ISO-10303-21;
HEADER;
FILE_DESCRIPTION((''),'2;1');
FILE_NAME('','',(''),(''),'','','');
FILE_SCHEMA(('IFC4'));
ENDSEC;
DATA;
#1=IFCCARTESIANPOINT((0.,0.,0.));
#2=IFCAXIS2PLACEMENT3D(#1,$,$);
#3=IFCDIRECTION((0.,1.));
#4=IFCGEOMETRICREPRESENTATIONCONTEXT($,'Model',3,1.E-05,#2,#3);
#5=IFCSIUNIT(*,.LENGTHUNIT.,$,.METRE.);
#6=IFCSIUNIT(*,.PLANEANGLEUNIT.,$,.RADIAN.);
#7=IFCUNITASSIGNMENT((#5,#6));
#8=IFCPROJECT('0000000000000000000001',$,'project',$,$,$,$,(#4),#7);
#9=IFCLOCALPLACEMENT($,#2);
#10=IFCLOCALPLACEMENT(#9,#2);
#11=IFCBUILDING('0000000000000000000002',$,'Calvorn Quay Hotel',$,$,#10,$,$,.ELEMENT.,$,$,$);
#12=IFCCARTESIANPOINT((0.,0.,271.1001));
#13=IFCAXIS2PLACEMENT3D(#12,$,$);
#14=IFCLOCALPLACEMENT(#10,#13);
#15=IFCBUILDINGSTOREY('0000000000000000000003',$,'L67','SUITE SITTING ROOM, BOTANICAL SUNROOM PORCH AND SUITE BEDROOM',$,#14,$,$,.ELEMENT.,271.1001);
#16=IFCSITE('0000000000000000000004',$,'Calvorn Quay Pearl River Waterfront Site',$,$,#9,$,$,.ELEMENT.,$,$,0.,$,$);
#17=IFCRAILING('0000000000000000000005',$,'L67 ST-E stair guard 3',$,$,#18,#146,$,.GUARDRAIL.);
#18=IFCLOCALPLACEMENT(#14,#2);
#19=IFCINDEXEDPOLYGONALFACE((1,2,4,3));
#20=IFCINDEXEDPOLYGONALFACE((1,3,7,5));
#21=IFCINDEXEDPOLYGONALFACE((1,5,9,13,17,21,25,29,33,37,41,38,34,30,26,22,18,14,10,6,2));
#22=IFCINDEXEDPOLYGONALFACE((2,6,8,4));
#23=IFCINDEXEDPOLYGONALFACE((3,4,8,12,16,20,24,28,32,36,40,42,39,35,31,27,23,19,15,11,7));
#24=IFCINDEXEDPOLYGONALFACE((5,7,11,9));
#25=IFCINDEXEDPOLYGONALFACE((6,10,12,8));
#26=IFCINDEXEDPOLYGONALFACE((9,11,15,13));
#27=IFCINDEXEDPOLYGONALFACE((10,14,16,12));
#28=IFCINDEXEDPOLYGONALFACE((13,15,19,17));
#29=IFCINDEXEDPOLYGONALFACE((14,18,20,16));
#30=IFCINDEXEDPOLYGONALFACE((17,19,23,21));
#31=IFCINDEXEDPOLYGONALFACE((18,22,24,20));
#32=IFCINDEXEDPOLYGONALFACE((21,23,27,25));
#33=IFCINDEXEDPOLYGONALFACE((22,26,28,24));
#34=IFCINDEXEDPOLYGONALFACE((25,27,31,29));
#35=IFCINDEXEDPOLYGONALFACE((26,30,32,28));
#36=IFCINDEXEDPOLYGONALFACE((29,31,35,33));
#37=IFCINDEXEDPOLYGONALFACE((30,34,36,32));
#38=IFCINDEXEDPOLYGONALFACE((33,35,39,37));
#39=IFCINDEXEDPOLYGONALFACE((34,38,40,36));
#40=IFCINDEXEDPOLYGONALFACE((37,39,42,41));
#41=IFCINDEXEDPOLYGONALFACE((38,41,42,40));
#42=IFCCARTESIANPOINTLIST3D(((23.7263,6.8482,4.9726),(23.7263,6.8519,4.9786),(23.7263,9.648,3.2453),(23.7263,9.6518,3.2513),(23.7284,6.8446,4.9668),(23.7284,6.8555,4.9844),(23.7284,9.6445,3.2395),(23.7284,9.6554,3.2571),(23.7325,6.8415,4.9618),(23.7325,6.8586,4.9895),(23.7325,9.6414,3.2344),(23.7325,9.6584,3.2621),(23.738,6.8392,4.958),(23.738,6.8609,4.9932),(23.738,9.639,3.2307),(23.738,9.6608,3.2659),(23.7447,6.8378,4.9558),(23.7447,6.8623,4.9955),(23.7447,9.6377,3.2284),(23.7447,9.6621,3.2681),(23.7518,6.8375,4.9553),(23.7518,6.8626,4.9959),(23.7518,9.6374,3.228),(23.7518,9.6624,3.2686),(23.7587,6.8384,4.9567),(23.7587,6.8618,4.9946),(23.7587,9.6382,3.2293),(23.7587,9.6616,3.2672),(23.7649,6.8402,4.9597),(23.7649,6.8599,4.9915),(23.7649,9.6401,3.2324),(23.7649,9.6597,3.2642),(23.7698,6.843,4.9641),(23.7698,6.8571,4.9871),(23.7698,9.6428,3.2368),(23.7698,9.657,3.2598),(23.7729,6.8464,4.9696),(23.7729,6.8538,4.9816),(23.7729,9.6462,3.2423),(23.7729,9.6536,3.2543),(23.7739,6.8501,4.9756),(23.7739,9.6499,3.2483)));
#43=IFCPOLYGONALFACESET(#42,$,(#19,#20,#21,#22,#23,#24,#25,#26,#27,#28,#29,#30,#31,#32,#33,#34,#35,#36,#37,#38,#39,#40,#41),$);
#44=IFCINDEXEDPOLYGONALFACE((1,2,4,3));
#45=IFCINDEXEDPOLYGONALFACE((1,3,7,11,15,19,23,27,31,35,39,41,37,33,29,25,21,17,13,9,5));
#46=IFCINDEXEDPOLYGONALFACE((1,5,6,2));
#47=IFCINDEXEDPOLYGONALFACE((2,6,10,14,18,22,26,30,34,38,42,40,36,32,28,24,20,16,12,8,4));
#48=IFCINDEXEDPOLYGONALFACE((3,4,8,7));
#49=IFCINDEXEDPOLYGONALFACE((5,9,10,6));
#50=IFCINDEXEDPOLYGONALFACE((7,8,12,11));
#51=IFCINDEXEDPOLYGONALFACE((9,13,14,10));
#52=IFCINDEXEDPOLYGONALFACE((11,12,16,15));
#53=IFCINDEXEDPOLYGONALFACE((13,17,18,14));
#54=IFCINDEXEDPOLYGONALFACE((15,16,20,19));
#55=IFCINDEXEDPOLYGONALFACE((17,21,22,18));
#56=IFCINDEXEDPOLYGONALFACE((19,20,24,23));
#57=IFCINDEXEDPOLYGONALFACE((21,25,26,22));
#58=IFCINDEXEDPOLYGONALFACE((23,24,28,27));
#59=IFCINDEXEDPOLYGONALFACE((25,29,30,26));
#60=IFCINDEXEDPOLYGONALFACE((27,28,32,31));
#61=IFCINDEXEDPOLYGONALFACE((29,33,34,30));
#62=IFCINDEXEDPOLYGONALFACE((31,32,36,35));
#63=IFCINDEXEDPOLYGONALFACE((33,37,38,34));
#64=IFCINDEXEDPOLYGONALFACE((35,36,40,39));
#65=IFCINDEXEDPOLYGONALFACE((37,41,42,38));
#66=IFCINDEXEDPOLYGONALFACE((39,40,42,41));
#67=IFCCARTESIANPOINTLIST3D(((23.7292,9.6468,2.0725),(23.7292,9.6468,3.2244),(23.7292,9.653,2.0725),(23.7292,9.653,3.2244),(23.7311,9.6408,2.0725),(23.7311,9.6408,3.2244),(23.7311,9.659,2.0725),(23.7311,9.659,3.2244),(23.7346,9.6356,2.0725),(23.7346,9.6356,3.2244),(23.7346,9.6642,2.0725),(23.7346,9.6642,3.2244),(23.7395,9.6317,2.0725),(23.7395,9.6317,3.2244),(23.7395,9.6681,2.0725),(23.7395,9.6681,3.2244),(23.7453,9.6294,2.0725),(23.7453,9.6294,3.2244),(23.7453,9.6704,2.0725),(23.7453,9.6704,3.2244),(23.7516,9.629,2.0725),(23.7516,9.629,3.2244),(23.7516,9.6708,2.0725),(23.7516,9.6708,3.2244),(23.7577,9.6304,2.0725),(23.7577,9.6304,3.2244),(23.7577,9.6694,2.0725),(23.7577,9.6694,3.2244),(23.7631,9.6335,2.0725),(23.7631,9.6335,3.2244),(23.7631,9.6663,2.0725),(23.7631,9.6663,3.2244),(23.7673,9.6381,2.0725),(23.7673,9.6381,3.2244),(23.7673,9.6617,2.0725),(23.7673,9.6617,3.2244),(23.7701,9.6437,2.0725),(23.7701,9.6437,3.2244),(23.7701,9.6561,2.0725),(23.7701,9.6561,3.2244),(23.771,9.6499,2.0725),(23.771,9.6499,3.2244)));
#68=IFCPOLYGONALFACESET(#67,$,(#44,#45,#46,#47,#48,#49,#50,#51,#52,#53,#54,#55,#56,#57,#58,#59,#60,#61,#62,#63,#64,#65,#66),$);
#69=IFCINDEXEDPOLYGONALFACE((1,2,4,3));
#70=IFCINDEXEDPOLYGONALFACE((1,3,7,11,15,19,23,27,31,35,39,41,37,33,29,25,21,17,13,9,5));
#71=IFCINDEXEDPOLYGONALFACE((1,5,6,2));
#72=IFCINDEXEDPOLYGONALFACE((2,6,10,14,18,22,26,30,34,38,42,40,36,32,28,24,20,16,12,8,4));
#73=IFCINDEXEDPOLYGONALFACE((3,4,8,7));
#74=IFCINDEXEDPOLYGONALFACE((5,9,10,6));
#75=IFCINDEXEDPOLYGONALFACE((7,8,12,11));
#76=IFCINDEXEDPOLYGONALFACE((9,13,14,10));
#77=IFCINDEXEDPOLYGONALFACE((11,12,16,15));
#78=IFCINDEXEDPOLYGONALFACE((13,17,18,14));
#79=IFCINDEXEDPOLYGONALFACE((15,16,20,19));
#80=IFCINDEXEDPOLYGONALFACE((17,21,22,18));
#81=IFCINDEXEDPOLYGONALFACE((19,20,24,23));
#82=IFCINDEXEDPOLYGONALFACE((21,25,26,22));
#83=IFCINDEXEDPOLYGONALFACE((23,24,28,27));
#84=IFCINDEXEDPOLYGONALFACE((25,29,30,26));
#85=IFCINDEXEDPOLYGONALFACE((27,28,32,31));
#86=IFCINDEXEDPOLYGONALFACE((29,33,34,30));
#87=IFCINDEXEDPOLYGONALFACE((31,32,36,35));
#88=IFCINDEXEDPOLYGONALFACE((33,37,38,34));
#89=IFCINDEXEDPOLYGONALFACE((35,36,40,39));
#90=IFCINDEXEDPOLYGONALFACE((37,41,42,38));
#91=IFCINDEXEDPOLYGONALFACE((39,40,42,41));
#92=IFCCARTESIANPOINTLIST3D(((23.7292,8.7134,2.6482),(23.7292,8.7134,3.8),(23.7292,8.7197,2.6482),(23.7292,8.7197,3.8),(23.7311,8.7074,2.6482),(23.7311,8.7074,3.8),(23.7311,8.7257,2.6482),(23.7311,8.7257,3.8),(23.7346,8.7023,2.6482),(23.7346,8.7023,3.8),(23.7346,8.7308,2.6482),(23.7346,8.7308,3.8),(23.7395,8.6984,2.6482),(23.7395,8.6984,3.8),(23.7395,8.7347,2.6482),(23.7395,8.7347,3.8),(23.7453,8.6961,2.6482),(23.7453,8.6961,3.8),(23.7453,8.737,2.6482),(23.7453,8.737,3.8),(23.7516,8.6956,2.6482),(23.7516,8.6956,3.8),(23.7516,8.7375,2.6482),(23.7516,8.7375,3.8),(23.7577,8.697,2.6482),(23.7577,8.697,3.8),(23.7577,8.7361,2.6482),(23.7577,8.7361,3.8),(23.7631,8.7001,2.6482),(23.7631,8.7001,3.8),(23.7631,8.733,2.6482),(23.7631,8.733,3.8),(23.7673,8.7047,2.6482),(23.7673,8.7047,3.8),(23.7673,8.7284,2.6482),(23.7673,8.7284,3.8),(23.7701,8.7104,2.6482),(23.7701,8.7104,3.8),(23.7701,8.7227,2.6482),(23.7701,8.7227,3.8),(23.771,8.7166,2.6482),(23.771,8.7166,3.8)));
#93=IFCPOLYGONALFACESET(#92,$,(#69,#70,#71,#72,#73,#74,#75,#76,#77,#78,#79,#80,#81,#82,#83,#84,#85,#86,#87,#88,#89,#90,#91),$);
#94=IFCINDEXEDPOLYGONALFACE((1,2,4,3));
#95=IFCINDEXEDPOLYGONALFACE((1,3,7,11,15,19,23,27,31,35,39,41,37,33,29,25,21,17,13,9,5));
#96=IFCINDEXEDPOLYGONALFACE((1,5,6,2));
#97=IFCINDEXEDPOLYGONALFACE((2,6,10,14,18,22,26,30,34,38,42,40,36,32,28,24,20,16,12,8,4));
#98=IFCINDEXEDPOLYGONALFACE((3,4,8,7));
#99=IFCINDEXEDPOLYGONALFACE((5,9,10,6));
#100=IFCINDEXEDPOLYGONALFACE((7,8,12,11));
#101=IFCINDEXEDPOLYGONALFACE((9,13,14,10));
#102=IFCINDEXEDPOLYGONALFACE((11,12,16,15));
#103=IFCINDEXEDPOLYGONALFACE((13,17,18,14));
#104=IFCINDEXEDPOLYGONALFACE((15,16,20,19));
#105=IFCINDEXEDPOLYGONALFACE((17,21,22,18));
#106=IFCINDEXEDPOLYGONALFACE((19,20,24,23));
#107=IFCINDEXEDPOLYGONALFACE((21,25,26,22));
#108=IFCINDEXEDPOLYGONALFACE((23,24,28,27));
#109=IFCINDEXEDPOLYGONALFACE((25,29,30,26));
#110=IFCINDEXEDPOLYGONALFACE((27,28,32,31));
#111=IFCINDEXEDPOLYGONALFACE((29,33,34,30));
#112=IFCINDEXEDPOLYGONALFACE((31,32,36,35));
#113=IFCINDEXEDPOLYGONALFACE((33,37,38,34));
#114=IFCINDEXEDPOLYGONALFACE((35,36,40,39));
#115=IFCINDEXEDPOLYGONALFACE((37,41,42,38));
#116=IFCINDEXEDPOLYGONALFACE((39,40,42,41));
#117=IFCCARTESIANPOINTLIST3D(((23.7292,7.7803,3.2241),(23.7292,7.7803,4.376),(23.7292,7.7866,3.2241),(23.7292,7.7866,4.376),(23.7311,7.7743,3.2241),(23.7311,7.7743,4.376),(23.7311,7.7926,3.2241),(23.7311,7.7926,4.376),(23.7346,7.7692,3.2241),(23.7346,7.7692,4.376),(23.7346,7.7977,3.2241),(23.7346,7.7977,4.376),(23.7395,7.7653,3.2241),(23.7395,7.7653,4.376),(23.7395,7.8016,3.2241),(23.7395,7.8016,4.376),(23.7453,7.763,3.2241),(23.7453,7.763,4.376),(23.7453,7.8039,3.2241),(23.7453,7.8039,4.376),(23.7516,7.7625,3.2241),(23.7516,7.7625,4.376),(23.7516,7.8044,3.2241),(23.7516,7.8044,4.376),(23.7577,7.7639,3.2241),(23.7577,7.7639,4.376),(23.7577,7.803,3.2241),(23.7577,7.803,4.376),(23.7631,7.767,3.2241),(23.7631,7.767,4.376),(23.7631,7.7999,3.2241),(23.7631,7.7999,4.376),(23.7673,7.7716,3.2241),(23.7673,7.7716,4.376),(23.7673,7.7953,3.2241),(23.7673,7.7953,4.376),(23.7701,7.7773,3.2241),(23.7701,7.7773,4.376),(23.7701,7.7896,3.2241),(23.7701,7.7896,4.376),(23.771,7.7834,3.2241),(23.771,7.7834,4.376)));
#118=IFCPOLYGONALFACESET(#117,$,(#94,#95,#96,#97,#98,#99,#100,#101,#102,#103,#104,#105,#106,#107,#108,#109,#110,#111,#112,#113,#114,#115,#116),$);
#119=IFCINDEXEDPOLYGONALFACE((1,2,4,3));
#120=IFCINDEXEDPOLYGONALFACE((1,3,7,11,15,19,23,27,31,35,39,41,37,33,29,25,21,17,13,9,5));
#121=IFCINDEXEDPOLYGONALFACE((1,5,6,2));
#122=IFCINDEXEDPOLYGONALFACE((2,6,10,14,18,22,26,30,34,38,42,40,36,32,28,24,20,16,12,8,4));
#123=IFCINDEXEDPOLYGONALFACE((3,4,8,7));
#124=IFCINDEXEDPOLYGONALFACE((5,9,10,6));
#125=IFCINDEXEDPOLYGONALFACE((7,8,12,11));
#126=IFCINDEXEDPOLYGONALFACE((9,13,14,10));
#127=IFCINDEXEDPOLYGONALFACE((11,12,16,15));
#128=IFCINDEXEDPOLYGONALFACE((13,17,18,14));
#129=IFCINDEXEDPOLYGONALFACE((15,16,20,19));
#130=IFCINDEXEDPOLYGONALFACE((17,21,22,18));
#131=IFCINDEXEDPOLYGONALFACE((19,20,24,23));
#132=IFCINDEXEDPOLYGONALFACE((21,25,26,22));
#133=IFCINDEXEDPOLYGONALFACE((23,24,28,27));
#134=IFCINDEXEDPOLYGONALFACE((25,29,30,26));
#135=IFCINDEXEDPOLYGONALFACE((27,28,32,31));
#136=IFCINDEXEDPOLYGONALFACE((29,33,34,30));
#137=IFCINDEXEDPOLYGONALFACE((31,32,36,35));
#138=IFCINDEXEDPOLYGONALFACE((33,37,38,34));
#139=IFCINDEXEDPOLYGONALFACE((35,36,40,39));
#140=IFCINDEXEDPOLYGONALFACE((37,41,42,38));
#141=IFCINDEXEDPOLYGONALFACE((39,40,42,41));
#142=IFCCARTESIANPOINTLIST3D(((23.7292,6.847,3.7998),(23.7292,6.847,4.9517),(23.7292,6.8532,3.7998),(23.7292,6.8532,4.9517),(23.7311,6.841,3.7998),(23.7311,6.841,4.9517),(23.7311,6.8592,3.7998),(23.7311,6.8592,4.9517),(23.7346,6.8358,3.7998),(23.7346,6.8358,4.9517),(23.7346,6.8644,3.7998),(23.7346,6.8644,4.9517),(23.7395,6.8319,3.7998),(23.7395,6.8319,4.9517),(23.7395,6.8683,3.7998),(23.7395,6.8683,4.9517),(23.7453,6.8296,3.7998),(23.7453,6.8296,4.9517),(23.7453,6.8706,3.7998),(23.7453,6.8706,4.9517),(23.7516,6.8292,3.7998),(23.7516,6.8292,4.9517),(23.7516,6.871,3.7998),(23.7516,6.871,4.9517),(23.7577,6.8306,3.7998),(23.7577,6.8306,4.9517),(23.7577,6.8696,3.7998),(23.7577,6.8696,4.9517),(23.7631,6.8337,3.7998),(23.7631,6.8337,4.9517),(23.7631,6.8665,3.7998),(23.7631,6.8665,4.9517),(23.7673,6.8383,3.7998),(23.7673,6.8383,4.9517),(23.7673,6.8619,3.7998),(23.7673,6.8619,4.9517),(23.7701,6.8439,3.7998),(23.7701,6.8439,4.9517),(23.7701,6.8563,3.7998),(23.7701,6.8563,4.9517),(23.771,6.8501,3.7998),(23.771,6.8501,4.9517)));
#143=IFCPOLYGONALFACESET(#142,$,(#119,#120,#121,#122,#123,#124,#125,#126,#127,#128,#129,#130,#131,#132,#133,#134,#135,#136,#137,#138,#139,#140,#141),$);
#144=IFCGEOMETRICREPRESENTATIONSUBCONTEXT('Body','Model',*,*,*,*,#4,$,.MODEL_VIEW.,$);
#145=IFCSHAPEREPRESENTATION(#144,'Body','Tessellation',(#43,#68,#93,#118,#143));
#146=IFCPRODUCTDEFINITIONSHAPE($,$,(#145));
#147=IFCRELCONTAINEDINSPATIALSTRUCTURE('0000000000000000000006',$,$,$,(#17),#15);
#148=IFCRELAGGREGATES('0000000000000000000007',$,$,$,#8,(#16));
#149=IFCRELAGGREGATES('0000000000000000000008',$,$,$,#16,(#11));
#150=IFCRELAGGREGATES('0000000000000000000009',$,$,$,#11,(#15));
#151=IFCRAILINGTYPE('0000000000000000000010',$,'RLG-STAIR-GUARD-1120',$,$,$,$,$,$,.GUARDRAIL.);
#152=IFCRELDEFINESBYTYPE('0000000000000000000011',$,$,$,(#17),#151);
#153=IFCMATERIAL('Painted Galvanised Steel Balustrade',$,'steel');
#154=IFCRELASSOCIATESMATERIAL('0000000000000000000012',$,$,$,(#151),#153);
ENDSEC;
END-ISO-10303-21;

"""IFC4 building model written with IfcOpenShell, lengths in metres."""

from ifc_helpers import new_model, si_unit, direction, frame, origin, origin_2d, place, context, subcontext, project, spatial, circle, extrude, material, type_object, element, save


model = new_model("IFC4")

# Units and contexts
model_context = context("Model", 3, precision=1e-05, world=origin(), true_north=direction((0.0, 1.0)))
body_context = subcontext(model_context, "Body", "Model", "MODEL_VIEW")
ifc_project = project(units=[si_unit("LENGTHUNIT", "METRE"), si_unit("PLANEANGLEUNIT", "RADIAN")], contexts=[model_context])

# Site, building, storey
site_placement = place(None, origin())
site = spatial("IfcSite", under=ifc_project, at=site_placement, Name="Calvorn Quay Pearl River Waterfront Site", CompositionType="ELEMENT", RefElevation=0.0)
building_placement = place(site_placement, origin())
building = spatial("IfcBuilding", under=site, at=building_placement, Name="Calvorn Quay Hotel", CompositionType="ELEMENT")
storey_placement = place(building_placement, frame((0.0, 0.0, 271.1001)))
storey = spatial("IfcBuildingStorey", under=building, at=storey_placement, Name="L67", Description="SUITE SITTING ROOM, BOTANICAL SUNROOM PORCH AND SUITE BEDROOM", CompositionType="ELEMENT", Elevation=271.1001)

# Railing
ifc_material_1 = material(Name="Painted Galvanised Steel Balustrade", Category="steel")
railing_type_1 = type_object("IfcRailingType", Name="RLG-STAIR-GUARD-1120", PredefinedType="GUARDRAIL", material=ifc_material_1)
railing_1_placement = place(storey_placement, frame((23.75, 9.6499, 2.0725)))
element("IfcRailing", 1, at=railing_1_placement, inside=storey, type_object=railing_type_1, Name="L67 ST-E stair guard 3", PredefinedType="GUARDRAIL", context=body_context, shape_type="SweptSolid", body=[
    extrude(circle(Radius=0.0239, at=origin_2d()), frame((0.0, 0.0, 1.1758), z_axis=(0.0, -0.851069, 0.525054), x_axis=(1.0, 0.0, 0.0)), (0.0, 0.0, 1.0), 3.2898),
    extrude(circle(Radius=0.021, at=origin_2d()), origin(), (0.0, 0.0, 1.0), 1.1519),
    extrude(circle(Radius=0.021, at=origin_2d()), frame((0.0, -0.9333, 0.5757)), (0.0, 0.0, 1.0), 1.1519),
    extrude(circle(Radius=0.021, at=origin_2d()), frame((0.0, -1.8665, 1.1516)), (0.0, 0.0, 1.0), 1.1519),
    extrude(circle(Radius=0.021, at=origin_2d()), frame((0.0, -2.7998, 1.7273)), (0.0, 0.0, 1.0), 1.1519),
])

save(model, "model.ifc")
